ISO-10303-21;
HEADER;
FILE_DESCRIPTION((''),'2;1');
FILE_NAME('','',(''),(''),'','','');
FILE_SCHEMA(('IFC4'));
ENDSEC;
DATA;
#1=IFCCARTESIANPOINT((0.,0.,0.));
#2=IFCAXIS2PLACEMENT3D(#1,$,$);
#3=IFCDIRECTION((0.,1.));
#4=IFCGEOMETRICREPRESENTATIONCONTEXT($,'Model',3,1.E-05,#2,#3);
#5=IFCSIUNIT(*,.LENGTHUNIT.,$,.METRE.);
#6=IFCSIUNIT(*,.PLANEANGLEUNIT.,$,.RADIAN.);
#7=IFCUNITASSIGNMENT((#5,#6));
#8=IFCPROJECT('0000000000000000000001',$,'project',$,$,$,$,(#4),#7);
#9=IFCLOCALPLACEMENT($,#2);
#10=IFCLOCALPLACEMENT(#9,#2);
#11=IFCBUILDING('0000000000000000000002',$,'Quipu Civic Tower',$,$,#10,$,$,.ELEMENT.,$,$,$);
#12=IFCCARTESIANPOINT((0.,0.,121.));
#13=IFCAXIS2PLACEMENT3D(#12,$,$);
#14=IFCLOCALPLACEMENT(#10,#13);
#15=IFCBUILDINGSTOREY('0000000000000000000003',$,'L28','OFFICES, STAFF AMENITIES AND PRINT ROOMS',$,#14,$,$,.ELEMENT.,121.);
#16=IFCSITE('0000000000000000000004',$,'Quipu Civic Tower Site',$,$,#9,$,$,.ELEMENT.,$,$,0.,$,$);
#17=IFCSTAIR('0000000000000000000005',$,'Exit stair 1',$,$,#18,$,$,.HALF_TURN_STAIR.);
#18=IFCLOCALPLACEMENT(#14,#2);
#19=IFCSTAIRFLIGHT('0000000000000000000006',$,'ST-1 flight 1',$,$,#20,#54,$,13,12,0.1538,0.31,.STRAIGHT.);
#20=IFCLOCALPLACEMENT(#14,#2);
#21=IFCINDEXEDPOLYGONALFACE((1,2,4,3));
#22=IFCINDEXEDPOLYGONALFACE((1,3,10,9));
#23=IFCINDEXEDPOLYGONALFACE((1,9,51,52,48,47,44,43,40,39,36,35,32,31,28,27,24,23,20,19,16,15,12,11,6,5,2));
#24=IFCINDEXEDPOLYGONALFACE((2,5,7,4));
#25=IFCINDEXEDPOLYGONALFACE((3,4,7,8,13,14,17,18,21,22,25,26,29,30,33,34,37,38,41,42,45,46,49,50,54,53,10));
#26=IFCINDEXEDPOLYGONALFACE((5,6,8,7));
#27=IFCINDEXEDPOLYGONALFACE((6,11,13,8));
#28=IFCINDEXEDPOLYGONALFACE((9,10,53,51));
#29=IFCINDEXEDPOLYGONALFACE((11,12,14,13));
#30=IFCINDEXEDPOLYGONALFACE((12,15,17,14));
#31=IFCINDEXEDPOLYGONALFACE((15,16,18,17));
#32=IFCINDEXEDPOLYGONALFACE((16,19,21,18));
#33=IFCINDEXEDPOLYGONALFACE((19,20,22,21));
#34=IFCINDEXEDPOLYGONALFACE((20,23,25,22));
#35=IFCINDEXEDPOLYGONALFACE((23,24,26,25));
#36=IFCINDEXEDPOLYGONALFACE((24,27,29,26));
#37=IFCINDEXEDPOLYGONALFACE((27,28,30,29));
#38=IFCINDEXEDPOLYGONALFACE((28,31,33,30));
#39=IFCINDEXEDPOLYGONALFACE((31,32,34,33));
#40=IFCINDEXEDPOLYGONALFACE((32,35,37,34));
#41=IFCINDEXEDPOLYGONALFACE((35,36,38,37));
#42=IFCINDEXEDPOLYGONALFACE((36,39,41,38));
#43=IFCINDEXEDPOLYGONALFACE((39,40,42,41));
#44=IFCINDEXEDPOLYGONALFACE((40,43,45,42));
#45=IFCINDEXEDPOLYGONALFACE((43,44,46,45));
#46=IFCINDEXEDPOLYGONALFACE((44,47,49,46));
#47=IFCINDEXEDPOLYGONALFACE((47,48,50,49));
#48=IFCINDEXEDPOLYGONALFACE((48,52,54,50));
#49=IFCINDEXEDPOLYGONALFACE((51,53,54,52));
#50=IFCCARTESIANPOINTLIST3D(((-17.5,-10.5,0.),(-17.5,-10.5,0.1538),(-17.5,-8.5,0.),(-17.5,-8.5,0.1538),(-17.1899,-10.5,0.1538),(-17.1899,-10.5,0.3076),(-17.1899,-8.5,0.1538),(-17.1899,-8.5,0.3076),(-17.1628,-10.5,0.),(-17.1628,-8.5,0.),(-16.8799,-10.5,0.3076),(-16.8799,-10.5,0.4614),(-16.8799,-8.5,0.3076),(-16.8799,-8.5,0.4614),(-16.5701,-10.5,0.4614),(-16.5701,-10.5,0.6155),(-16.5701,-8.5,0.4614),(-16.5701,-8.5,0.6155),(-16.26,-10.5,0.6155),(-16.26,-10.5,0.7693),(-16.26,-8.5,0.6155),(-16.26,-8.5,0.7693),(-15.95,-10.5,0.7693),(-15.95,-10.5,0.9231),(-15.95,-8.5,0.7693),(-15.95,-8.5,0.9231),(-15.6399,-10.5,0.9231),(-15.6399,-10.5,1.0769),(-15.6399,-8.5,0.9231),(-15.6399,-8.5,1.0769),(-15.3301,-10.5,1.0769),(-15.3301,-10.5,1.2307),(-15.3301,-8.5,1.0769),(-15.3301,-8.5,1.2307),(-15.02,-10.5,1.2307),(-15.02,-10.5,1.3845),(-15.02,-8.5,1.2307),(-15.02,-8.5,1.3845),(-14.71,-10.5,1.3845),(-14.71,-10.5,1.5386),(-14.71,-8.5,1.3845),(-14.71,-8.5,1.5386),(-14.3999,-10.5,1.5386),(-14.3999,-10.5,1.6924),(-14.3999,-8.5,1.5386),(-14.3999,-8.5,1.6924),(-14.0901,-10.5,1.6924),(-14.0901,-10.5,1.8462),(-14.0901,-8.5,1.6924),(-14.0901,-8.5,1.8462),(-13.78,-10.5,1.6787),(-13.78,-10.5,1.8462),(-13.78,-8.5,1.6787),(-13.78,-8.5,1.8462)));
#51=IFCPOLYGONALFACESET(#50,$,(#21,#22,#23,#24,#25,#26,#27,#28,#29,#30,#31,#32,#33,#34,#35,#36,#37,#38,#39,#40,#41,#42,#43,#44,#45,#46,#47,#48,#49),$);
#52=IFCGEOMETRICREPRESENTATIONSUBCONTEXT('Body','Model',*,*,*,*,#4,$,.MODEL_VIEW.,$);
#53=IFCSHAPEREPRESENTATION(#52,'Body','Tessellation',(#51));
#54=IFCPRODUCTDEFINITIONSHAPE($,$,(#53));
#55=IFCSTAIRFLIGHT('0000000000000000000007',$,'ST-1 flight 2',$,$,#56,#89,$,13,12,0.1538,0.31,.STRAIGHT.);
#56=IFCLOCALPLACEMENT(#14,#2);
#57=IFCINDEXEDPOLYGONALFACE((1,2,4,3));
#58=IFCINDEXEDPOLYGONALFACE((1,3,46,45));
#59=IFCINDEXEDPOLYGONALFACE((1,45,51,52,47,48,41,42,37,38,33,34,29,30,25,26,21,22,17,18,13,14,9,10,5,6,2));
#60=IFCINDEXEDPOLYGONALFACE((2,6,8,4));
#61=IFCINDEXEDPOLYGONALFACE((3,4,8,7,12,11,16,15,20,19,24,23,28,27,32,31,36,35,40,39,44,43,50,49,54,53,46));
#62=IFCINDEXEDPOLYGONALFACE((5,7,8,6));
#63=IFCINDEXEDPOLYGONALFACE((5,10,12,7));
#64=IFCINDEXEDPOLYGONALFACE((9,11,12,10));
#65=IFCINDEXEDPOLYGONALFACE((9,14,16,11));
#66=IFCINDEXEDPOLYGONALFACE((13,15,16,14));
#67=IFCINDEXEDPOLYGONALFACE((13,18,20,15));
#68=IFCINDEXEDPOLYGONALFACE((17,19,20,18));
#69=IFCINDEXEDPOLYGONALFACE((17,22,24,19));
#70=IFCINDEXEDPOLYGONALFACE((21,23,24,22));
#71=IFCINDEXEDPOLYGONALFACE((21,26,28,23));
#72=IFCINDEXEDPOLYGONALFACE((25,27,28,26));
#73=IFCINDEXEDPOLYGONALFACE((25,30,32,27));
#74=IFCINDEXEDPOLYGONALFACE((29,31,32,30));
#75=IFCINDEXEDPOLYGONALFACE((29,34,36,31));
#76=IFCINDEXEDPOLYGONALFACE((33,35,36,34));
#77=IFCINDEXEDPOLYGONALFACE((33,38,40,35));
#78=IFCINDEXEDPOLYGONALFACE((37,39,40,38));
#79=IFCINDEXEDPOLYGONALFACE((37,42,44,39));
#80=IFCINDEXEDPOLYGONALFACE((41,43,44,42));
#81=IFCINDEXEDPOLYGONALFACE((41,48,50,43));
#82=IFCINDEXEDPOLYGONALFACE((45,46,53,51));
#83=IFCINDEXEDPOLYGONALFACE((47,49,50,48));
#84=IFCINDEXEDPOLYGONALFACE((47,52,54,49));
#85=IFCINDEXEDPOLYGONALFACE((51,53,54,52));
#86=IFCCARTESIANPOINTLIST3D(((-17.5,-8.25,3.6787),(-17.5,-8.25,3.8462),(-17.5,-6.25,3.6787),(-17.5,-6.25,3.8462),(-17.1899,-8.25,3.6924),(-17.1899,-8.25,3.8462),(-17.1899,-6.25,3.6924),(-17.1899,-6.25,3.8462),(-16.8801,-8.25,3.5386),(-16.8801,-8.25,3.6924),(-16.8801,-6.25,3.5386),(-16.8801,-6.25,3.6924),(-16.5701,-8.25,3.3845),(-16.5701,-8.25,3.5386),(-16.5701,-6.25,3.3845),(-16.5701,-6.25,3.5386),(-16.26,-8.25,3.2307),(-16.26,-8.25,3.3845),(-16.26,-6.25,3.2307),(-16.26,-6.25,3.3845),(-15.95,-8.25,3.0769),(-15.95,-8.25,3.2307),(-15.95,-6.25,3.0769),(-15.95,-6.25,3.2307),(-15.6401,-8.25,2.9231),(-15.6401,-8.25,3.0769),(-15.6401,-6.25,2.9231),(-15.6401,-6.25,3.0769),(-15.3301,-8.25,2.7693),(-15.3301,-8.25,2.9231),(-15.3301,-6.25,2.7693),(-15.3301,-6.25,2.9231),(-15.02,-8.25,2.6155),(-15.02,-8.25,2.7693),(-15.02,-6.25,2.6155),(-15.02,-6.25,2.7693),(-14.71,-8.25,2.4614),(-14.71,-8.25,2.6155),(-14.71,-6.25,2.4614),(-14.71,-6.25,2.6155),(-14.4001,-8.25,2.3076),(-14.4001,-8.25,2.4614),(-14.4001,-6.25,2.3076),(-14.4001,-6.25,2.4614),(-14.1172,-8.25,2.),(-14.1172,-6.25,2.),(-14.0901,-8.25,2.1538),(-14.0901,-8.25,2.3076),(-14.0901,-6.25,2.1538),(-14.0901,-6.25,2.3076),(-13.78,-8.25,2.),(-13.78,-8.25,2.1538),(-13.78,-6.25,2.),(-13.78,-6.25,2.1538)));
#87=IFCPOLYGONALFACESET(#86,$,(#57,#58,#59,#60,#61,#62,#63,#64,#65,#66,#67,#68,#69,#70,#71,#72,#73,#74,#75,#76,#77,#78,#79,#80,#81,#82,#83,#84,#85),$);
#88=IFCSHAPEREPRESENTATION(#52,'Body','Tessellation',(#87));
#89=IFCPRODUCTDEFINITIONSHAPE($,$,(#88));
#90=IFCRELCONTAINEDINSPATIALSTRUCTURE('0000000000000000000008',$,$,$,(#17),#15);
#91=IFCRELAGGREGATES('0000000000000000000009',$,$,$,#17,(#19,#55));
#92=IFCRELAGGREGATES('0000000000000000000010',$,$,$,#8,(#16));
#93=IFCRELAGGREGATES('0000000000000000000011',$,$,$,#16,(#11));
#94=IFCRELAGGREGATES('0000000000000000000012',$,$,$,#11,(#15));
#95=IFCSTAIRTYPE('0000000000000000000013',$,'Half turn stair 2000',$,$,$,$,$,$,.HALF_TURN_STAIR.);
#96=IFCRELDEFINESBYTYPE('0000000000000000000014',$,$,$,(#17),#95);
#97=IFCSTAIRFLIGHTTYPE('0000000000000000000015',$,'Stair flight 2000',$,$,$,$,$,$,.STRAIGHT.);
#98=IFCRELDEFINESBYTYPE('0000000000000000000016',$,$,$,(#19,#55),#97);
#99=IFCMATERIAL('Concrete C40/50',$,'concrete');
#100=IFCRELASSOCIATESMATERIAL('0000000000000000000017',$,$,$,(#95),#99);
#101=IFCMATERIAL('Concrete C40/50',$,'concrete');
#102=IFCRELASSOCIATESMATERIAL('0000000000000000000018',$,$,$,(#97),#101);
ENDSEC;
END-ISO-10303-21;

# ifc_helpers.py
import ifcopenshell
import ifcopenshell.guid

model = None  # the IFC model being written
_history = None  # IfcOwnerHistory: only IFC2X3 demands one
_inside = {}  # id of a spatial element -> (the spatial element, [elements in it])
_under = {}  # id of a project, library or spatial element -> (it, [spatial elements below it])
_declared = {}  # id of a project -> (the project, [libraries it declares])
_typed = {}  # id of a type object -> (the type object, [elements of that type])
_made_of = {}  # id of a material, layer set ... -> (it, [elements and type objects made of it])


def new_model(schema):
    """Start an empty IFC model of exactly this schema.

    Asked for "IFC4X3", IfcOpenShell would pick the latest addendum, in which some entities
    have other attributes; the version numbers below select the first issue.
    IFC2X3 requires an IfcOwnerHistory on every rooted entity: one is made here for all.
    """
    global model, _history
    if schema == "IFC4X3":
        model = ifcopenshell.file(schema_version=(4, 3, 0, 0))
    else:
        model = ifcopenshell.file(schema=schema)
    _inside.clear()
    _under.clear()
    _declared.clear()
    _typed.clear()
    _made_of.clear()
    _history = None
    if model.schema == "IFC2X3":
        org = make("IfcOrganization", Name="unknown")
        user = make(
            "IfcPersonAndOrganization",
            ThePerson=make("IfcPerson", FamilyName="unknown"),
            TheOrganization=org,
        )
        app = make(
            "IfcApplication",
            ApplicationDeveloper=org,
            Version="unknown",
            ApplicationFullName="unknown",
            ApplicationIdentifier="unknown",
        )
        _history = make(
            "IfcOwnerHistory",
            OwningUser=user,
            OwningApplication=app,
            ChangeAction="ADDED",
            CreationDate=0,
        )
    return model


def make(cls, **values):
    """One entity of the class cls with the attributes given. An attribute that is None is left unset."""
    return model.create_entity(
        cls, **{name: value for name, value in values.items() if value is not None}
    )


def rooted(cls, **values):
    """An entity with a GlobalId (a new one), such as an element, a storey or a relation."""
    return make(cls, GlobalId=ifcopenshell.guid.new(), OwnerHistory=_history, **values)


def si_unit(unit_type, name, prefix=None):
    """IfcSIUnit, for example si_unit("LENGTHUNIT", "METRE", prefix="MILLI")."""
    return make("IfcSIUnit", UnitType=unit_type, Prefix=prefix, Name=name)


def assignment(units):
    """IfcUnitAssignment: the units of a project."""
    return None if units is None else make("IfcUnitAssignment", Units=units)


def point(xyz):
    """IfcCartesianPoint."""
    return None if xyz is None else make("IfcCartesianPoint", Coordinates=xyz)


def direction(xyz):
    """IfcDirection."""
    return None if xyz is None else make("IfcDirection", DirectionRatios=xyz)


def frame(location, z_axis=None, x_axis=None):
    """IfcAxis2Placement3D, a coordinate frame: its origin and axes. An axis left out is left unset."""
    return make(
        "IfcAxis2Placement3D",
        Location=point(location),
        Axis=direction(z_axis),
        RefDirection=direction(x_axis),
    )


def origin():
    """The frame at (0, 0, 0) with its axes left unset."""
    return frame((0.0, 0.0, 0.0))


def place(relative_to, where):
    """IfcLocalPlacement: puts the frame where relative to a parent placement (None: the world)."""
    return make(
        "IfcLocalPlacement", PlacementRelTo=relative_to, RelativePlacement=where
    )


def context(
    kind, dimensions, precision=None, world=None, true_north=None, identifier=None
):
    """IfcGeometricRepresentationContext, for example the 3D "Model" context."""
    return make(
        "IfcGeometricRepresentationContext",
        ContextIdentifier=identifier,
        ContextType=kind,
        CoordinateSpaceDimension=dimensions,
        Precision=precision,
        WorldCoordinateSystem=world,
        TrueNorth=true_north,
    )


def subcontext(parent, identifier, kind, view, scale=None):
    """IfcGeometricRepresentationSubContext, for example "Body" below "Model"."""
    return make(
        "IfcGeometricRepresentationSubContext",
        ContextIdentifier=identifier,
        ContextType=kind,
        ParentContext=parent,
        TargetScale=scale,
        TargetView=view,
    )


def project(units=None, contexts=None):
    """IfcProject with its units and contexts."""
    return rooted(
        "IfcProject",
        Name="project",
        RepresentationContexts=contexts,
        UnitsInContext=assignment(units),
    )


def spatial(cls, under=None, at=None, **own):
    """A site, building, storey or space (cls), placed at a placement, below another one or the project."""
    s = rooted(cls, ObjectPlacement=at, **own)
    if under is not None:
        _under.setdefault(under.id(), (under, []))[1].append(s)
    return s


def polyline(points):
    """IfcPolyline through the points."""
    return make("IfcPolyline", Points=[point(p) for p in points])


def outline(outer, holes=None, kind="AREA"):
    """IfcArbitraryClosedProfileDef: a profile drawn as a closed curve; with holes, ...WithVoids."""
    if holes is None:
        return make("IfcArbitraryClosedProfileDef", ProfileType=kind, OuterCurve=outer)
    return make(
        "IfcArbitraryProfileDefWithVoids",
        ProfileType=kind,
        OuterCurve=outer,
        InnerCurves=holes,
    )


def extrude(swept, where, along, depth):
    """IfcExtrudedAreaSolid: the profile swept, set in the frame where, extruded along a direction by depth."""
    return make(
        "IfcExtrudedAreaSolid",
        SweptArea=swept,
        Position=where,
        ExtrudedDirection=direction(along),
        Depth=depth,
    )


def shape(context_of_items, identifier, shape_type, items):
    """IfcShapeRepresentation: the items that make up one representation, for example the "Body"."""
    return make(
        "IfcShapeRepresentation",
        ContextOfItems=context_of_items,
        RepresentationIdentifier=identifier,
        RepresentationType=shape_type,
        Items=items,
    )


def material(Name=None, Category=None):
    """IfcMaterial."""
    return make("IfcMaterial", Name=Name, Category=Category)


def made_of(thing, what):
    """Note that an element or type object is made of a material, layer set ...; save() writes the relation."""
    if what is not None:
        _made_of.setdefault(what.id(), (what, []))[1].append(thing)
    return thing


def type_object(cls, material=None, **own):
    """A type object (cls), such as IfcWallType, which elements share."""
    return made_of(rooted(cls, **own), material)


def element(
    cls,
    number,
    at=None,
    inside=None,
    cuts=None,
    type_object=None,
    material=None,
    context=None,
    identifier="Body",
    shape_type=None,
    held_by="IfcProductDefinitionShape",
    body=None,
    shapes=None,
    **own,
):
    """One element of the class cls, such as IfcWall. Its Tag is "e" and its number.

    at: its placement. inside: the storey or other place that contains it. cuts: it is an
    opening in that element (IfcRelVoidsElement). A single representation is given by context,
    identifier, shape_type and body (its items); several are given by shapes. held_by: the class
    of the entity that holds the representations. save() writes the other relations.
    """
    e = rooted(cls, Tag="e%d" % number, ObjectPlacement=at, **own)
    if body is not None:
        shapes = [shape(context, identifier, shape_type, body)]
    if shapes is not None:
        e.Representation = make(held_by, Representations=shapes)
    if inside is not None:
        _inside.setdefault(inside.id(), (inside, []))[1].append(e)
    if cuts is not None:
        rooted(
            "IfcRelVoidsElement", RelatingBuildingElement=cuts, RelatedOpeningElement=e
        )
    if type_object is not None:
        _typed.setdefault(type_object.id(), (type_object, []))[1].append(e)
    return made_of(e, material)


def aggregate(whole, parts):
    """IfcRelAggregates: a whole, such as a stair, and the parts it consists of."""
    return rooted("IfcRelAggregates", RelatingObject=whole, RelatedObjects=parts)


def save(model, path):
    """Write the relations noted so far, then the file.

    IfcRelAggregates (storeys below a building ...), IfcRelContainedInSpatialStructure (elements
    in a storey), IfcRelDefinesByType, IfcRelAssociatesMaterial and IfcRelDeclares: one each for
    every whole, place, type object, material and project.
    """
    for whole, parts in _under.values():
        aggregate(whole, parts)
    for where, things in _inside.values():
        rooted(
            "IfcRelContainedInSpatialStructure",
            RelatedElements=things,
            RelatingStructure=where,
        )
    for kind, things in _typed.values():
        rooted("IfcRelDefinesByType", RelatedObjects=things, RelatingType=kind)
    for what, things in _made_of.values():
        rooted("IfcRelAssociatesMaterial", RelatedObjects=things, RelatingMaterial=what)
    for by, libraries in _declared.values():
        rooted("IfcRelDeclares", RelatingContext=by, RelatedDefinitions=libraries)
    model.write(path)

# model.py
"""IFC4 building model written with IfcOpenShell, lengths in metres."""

from ifc_helpers import new_model, si_unit, direction, frame, origin, place, context, subcontext, project, spatial, polyline, outline, extrude, material, type_object, element, aggregate, save


model = new_model("IFC4")

# Units and contexts
model_context = context("Model", 3, precision=1e-05, world=origin(), true_north=direction((0.0, 1.0)))
body_context = subcontext(model_context, "Body", "Model", "MODEL_VIEW")
ifc_project = project(units=[si_unit("LENGTHUNIT", "METRE"), si_unit("PLANEANGLEUNIT", "RADIAN")], contexts=[model_context])

# Site, building, storey
site_placement = place(None, origin())
site = spatial("IfcSite", under=ifc_project, at=site_placement, Name="Quipu Civic Tower Site", CompositionType="ELEMENT", RefElevation=0.0)
building_placement = place(site_placement, origin())
building = spatial("IfcBuilding", under=site, at=building_placement, Name="Quipu Civic Tower", CompositionType="ELEMENT")
storey_placement = place(building_placement, frame((0.0, 0.0, 121.0)))
storey = spatial("IfcBuildingStorey", under=building, at=storey_placement, Name="L28", Description="OFFICES, STAFF AMENITIES AND PRINT ROOMS", CompositionType="ELEMENT", Elevation=121.0)

# Stair, stair flights
ifc_material_1 = material(Name="Concrete C40/50", Category="concrete")
stair_type = type_object("IfcStairType", Name="Half turn stair 2000", PredefinedType="HALF_TURN_STAIR", material=ifc_material_1)
stair_placement = place(storey_placement, origin())
stair = element("IfcStair", 1, at=stair_placement, inside=storey, type_object=stair_type, Name="Exit stair 1", PredefinedType="HALF_TURN_STAIR")
ifc_material_2 = material(Name="Concrete C40/50", Category="concrete")
stair_flight_type = type_object("IfcStairFlightType", Name="Stair flight 2000", PredefinedType="STRAIGHT", material=ifc_material_2)
stair_flight_1_placement = place(storey_placement, frame((-17.5, -9.5, 0.0), z_axis=(0.0, 0.0, 1.0), x_axis=(1.0, 0.0, 0.0)))
stair_flight_1 = element("IfcStairFlight", 2, at=stair_flight_1_placement, type_object=stair_flight_type, Name="ST-1 flight 1", NumberOfRisers=13, NumberOfTreads=12, PredefinedType="STRAIGHT", RiserHeight=0.1538, TreadLength=0.31, context=body_context, shape_type="SweptSolid", body=[
    extrude(outline(polyline([(0.0, 0.0), (0.0, 0.1538), (0.3101, 0.1538), (0.3101, 0.3076), (0.6201, 0.3076), (0.6201, 0.4614), (0.9299, 0.4614), (0.9299, 0.6155), (1.24, 0.6155), (1.24, 0.7693), (1.55, 0.7693), (1.55, 0.9231), (1.8601, 0.9231), (1.8601, 1.0769), (2.1699, 1.0769), (2.1699, 1.2307), (2.48, 1.2307), (2.48, 1.3845), (2.79, 1.3845), (2.79, 1.5386), (3.1001, 1.5386), (3.1001, 1.6924), (3.4099, 1.6924), (3.4099, 1.8462), (3.72, 1.8462), (3.72, 2.0), (3.72, 1.6787), (0.3372, 0.0), (0.0, 0.0)])), frame((0.0, 1.0, 0.0), z_axis=(0.0, -1.0, 0.0), x_axis=(1.0, 0.0, 0.0)), (0.0, 0.0, 1.0), 2.0),
])
stair_flight_2_placement = place(storey_placement, frame((-13.78, -7.25, 2.0), z_axis=(0.0, 0.0, 1.0), x_axis=(-1.0, 0.0, 0.0)))
stair_flight_2 = element("IfcStairFlight", 3, at=stair_flight_2_placement, type_object=stair_flight_type, Name="ST-1 flight 2", NumberOfRisers=13, NumberOfTreads=12, PredefinedType="STRAIGHT", RiserHeight=0.1538, TreadLength=0.31, context=body_context, shape_type="SweptSolid", body=[
    extrude(outline(polyline([(0.0, 0.0), (0.0, 0.1538), (0.3101, 0.1538), (0.3101, 0.3076), (0.6201, 0.3076), (0.6201, 0.4614), (0.9299, 0.4614), (0.9299, 0.6155), (1.24, 0.6155), (1.24, 0.7693), (1.55, 0.7693), (1.55, 0.9231), (1.8601, 0.9231), (1.8601, 1.0769), (2.1699, 1.0769), (2.1699, 1.2307), (2.48, 1.2307), (2.48, 1.3845), (2.79, 1.3845), (2.79, 1.5386), (3.1001, 1.5386), (3.1001, 1.6924), (3.4099, 1.6924), (3.4099, 1.8462), (3.72, 1.8462), (3.72, 2.0), (3.72, 1.6787), (0.3372, 0.0), (0.0, 0.0)])), frame((0.0, 1.0, 0.0), z_axis=(0.0, -1.0, 0.0), x_axis=(1.0, 0.0, 0.0)), (0.0, 0.0, 1.0), 2.0),
])
aggregate(stair, [stair_flight_1, stair_flight_2])

save(model, "model.ifc")
